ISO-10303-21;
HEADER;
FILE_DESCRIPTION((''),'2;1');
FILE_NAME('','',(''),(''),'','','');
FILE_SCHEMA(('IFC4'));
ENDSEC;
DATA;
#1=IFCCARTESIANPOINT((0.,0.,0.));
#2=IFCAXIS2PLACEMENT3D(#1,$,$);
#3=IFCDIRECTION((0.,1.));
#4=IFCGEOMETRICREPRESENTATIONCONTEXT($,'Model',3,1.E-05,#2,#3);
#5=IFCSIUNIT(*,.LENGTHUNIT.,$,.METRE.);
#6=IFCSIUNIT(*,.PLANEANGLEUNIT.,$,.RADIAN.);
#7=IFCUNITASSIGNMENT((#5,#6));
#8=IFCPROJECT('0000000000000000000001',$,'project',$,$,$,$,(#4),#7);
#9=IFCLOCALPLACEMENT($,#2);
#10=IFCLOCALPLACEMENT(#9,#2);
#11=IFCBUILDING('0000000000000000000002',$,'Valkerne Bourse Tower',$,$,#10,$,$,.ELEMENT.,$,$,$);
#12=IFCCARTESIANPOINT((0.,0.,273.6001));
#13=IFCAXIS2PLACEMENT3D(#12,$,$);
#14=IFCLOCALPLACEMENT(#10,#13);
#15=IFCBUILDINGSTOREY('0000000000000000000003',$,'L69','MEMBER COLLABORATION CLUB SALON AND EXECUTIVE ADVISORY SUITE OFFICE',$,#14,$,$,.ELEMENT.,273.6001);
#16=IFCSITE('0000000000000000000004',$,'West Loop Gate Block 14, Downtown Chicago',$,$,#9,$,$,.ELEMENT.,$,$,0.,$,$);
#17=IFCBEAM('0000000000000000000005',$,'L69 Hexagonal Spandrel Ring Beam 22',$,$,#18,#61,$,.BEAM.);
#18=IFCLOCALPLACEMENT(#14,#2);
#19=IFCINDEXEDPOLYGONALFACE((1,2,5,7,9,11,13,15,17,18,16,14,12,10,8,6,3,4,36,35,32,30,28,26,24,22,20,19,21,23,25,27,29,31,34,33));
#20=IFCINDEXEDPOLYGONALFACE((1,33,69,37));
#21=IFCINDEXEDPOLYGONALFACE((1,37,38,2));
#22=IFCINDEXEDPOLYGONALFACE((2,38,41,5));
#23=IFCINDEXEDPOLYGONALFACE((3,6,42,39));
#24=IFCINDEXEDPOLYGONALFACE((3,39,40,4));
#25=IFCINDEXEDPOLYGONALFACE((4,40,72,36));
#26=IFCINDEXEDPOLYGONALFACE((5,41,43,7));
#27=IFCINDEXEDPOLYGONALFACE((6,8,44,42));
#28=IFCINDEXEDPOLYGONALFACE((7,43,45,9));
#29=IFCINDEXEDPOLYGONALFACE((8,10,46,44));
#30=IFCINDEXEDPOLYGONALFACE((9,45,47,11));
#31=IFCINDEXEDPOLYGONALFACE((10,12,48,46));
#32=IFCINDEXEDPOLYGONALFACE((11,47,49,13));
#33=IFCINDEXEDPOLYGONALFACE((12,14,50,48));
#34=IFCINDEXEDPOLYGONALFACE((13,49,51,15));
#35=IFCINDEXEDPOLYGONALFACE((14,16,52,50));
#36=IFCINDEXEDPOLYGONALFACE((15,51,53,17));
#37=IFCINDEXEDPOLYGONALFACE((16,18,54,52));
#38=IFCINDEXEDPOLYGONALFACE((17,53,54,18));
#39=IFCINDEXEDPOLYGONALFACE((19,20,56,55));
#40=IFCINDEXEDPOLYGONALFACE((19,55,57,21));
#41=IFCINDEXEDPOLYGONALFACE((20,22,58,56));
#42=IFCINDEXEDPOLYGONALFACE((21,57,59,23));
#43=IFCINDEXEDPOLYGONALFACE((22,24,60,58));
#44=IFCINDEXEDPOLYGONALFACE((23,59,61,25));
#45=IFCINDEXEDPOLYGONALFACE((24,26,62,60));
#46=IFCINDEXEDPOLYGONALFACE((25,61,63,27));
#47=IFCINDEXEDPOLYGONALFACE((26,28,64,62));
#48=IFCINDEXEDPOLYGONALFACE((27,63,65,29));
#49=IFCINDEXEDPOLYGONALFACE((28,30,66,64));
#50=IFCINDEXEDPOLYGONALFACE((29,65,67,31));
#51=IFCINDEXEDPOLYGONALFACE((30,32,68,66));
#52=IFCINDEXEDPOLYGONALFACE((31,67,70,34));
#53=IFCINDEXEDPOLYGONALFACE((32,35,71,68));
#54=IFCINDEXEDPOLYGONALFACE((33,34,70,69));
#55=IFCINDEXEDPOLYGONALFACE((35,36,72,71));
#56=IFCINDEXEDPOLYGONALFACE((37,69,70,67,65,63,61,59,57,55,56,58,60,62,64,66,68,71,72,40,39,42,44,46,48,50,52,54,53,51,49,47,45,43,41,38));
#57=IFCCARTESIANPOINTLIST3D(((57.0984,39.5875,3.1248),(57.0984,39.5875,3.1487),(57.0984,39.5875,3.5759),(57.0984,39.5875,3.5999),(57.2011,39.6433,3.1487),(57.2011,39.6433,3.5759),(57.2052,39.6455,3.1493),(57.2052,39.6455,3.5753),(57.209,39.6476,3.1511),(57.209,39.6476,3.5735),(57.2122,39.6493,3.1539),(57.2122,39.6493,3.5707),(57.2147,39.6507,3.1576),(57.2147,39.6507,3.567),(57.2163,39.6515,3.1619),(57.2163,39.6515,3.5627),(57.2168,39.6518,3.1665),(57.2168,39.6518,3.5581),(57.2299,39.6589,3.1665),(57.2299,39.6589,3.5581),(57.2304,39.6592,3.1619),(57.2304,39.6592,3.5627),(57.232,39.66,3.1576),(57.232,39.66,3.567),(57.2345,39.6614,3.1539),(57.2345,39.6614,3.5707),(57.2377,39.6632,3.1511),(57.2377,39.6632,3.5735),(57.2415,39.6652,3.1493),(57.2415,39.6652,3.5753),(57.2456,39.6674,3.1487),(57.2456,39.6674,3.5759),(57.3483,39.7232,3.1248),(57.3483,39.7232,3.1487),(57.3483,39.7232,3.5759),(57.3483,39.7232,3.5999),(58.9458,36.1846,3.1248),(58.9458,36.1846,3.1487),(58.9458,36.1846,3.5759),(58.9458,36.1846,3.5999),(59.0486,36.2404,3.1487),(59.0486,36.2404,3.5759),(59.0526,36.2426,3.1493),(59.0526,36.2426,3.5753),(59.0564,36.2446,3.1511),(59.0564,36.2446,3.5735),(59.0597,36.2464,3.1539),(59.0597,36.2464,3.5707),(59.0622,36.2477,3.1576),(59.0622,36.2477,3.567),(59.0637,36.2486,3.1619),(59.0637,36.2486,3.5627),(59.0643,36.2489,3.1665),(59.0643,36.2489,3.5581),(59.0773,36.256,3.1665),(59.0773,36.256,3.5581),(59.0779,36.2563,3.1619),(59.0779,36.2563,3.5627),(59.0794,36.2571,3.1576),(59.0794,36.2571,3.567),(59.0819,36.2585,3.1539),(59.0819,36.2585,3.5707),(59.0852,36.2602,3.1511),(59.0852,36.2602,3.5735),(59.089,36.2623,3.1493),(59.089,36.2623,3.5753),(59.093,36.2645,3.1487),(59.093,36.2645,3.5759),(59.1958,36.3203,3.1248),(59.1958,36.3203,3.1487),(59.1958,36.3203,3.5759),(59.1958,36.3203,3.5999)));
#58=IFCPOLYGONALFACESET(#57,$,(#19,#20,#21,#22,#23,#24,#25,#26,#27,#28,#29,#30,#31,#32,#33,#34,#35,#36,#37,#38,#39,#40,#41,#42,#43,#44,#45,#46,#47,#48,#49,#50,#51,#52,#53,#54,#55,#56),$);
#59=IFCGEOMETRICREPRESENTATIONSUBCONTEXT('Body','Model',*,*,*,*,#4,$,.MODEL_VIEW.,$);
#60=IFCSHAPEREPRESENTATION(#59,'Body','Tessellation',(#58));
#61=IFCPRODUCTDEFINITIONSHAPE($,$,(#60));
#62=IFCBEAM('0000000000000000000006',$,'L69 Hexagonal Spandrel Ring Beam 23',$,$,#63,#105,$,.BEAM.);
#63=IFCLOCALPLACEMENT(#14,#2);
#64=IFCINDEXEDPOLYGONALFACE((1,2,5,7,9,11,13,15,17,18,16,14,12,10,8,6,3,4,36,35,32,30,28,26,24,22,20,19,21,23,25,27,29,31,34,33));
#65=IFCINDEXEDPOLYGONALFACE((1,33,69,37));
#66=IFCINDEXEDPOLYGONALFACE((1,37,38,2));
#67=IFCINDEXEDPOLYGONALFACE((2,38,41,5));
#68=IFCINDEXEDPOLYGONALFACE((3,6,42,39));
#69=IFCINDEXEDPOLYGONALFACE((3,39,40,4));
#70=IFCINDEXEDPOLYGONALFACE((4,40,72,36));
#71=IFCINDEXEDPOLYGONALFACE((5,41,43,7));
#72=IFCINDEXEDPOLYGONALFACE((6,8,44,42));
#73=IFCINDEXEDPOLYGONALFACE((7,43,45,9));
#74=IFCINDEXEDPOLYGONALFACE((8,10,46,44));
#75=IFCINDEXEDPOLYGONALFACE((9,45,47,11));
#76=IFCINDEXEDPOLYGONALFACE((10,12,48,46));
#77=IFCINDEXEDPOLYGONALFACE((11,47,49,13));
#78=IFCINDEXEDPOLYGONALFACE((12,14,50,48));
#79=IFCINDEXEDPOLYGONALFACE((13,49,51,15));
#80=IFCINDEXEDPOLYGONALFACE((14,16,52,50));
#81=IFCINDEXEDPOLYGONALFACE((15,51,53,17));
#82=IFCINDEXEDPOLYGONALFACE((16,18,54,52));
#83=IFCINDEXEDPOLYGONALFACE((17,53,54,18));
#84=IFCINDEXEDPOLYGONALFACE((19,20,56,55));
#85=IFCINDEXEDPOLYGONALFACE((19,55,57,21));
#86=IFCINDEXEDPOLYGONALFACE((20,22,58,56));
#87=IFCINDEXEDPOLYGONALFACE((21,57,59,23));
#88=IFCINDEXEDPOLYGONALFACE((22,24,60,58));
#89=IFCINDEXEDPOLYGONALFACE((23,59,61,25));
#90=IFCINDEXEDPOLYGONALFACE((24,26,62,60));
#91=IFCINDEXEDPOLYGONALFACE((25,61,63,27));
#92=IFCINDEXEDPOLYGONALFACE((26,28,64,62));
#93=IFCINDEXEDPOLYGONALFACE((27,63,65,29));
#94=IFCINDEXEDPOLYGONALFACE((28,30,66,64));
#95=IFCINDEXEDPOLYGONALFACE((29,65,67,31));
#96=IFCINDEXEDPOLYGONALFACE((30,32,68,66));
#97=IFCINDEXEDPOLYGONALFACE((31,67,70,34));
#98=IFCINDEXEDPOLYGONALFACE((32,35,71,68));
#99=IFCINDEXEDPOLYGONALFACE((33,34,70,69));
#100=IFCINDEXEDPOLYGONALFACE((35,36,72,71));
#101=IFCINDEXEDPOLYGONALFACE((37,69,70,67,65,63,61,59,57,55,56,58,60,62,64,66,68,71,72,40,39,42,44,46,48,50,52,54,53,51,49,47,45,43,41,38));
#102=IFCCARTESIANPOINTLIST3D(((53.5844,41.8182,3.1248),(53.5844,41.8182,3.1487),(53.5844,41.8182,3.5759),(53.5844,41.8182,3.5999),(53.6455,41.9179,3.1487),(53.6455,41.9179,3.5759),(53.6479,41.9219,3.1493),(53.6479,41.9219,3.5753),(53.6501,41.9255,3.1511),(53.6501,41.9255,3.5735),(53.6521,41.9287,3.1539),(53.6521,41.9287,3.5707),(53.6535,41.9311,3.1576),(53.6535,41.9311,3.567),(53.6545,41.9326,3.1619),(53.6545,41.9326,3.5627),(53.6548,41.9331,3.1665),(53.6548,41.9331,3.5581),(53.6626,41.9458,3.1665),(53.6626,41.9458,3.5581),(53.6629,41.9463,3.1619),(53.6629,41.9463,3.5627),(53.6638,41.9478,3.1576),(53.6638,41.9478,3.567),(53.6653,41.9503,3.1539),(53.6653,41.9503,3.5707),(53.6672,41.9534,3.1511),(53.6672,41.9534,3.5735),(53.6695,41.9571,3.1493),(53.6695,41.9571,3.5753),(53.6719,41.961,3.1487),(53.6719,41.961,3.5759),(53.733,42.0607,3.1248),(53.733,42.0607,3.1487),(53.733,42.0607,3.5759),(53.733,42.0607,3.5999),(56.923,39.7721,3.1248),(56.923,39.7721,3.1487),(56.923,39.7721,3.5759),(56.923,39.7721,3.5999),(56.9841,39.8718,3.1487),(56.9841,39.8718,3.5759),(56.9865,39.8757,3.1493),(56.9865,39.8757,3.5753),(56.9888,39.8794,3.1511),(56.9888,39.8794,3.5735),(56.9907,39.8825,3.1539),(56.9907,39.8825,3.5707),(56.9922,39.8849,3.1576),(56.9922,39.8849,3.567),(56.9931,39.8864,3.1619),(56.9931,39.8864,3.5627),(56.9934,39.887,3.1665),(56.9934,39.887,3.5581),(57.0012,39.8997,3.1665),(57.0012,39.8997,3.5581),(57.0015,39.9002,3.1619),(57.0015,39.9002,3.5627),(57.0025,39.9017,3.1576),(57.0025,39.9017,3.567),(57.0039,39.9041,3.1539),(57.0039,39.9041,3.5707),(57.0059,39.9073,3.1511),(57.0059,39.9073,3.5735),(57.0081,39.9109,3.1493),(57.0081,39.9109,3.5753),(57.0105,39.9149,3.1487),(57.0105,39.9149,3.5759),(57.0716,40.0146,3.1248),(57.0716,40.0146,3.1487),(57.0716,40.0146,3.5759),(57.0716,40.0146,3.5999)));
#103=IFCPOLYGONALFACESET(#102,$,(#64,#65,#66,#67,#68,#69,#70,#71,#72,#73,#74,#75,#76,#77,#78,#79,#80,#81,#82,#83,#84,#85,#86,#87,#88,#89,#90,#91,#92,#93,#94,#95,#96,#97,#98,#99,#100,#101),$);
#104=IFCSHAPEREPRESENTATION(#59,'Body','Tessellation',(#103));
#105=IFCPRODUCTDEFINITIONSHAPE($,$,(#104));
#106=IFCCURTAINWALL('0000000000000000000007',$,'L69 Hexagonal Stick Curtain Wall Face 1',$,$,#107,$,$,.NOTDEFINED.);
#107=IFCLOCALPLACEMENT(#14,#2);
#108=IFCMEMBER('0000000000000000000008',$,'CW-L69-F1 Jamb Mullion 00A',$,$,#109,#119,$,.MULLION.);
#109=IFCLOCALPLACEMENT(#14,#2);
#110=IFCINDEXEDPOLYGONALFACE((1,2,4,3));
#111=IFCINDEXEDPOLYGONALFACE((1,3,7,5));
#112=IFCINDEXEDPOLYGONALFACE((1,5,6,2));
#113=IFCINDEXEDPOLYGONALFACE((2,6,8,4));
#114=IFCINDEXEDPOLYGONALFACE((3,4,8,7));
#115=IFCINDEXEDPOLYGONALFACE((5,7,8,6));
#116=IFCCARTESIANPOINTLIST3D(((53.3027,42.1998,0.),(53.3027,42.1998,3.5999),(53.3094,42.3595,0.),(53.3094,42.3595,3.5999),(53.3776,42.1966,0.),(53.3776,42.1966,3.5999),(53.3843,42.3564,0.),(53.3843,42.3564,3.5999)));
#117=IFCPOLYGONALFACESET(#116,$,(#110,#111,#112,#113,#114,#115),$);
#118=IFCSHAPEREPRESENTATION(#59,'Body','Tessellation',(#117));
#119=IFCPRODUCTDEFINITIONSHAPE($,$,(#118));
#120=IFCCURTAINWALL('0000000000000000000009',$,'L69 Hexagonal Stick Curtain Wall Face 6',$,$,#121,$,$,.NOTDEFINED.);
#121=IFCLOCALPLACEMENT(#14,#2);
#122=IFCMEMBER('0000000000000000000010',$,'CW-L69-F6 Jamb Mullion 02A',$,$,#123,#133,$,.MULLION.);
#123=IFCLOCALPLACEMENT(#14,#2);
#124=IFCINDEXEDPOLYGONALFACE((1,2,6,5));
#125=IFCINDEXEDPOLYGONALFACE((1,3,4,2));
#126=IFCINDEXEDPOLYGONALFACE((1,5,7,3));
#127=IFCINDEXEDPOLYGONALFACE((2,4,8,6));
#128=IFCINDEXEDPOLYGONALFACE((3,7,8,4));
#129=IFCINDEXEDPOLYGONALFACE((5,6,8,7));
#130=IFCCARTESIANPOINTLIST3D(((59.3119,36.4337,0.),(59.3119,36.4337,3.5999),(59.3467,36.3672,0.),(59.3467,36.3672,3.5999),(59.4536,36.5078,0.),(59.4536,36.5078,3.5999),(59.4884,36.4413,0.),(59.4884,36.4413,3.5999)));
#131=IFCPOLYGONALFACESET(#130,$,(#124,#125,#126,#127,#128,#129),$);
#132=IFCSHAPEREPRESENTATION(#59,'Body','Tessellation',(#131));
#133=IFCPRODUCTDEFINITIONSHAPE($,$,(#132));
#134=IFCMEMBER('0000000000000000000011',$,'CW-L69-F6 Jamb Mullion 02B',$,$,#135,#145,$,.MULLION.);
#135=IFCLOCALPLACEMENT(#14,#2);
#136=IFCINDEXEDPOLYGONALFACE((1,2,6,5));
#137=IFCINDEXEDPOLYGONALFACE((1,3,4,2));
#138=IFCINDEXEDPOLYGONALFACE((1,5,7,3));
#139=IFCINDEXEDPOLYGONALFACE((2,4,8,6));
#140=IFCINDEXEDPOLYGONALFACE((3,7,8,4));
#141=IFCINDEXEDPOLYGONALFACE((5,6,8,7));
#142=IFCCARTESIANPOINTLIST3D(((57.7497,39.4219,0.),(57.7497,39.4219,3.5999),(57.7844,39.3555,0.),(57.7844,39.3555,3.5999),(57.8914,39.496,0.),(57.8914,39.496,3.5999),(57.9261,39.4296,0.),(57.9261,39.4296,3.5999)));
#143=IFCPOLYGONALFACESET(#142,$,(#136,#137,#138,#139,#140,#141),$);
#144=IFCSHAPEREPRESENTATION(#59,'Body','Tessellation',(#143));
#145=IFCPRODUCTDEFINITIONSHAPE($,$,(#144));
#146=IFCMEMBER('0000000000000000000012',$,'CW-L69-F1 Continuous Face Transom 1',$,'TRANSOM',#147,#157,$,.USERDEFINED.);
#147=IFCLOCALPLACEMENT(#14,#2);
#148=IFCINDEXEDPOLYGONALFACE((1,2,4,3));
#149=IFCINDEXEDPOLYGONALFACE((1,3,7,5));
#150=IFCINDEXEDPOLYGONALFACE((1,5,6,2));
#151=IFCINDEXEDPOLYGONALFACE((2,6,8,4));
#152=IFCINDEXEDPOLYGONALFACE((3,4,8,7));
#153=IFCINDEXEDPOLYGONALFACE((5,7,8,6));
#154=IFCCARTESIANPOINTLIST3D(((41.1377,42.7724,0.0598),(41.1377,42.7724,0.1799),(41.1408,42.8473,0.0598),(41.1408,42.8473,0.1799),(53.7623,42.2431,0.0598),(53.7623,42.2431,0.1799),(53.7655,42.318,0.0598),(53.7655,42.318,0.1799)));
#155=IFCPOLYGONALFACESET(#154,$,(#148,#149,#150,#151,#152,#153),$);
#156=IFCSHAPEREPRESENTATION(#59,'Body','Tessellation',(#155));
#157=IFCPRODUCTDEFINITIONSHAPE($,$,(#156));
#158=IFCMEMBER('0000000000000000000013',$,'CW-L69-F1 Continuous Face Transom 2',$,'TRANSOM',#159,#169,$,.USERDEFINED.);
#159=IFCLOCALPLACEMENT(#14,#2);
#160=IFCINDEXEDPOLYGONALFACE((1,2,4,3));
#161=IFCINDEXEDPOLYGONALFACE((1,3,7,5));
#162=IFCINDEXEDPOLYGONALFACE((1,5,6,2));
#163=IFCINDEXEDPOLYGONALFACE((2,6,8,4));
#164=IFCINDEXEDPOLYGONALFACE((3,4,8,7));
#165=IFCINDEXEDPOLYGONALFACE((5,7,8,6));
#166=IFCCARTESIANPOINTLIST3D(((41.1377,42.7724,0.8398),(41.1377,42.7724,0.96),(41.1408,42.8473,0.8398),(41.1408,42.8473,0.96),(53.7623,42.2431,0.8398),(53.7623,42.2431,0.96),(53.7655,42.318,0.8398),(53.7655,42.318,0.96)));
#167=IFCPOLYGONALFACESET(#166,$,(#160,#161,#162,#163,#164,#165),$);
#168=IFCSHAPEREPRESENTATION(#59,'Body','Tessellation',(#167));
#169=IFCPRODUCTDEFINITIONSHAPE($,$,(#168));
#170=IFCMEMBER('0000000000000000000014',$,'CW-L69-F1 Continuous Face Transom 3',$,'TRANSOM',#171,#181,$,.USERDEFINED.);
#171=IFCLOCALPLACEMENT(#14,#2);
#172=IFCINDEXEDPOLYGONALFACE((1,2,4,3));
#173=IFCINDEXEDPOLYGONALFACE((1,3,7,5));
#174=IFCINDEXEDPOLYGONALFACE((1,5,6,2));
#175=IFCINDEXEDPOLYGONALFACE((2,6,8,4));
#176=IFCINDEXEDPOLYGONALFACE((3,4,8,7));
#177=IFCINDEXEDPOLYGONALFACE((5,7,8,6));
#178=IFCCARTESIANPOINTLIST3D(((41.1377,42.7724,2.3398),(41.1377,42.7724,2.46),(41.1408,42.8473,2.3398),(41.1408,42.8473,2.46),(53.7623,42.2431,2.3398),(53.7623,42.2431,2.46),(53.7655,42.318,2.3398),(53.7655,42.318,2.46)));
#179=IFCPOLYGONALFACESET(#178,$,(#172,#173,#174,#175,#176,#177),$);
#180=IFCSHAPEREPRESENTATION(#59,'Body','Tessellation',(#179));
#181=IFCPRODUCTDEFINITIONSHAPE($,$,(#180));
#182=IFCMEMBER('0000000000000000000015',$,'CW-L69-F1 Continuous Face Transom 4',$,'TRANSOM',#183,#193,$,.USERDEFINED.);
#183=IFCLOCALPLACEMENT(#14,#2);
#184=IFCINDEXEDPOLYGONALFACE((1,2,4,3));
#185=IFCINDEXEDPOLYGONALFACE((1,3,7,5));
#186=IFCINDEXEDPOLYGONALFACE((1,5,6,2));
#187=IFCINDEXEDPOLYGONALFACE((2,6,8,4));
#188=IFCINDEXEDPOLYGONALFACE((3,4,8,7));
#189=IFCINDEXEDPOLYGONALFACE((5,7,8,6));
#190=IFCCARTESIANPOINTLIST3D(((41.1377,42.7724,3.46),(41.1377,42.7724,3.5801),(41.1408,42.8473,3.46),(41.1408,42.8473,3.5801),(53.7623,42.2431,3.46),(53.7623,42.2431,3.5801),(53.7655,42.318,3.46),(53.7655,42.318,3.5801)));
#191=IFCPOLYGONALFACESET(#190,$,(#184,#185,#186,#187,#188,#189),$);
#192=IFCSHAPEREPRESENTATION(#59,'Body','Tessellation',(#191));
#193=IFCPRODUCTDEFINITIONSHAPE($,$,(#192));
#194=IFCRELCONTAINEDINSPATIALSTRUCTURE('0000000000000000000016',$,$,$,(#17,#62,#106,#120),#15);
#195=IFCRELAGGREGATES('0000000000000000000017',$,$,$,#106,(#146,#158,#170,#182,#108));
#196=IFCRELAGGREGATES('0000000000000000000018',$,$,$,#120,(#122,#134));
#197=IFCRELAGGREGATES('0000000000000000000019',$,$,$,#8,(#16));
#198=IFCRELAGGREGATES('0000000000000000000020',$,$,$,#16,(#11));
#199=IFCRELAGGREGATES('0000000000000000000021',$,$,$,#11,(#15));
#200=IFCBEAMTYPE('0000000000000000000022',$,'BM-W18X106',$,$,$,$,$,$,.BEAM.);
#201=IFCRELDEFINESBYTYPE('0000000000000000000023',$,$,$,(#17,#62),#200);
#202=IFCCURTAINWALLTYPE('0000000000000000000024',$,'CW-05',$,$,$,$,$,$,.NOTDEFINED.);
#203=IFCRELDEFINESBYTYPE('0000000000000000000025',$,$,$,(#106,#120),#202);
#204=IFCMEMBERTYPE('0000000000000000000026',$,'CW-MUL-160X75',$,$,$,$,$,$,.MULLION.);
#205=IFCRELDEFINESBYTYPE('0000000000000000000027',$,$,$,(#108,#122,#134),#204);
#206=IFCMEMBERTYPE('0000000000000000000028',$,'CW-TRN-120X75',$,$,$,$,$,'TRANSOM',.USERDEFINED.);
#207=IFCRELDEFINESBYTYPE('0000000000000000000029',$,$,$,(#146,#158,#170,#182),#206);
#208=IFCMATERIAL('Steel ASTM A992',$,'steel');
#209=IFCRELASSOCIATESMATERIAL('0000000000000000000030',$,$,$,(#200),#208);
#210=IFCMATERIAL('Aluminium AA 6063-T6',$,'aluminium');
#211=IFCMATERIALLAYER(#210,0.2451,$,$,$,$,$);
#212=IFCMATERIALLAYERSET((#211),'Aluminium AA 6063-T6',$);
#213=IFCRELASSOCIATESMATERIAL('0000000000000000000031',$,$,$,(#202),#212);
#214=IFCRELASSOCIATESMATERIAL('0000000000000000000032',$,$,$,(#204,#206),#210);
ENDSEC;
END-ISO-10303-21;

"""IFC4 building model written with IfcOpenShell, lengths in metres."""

from ifc_helpers import new_model, si_unit, direction, frame, origin, origin_2d, place, context, subcontext, project, spatial, rectangle, i_section, extrude, material, layer, layer_set, material_profile, profile_set, type_object, element, aggregate, save


model = new_model("IFC4")

# Units and contexts
model_context = context("Model", 3, precision=1e-05, world=origin(), true_north=direction((0.0, 1.0)))
body_context = subcontext(model_context, "Body", "Model", "MODEL_VIEW")
ifc_project = project(units=[si_unit("LENGTHUNIT", "METRE"), si_unit("PLANEANGLEUNIT", "RADIAN")], contexts=[model_context])

# Site, building, storey
site_placement = place(None, origin())
site = spatial("IfcSite", under=ifc_project, at=site_placement, Name="West Loop Gate Block 14, Downtown Chicago", CompositionType="ELEMENT", RefElevation=0.0)
building_placement = place(site_placement, origin())
building = spatial("IfcBuilding", under=site, at=building_placement, Name="Valkerne Bourse Tower", CompositionType="ELEMENT")
storey_placement = place(building_placement, frame((0.0, 0.0, 273.6001)))
storey = spatial("IfcBuildingStorey", under=building, at=storey_placement, Name="L69", Description="MEMBER COLLABORATION CLUB SALON AND EXECUTIVE ADVISORY SUITE OFFICE", CompositionType="ELEMENT", Elevation=273.6001)

# Beams
ifc_material_1 = material(Name="Steel ASTM A992", Category="steel")
ifc_material_profile_1 = material_profile(ifc_material_1, i_section(OverallWidth=0.2844, OverallDepth=0.4751, WebThickness=0.0149, FlangeThickness=0.0239, FilletRadius=0.0178, at=origin_2d()), Name="W18X106")
ifc_profile_set_1 = profile_set([ifc_material_profile_1], Name="Steel ASTM A992")
beam_type = type_object("IfcBeamType", Name="BM-W18X106", PredefinedType="BEAM", material=ifc_profile_set_1)
for number, where, z_axis, x_axis, name in (
    (1, (59.0708, 36.2524, 3.3623), (-0.477124, 0.878836, 0.0), (-0.878836, -0.477124, 0.0), "L69 Hexagonal Spandrel Ring Beam 22"),
):
    element("IfcBeam", number, at=place(storey_placement, frame(where, z_axis=z_axis, x_axis=x_axis)), inside=storey, type_object=beam_type, Name=name, PredefinedType="BEAM", context=body_context, shape_type="SweptSolid", body=[
        extrude(i_section(OverallWidth=0.2844, OverallDepth=0.4751, WebThickness=0.0149, FlangeThickness=0.0239, FilletRadius=0.0178, at=origin_2d()), origin(), (0.0, 0.0, 1.0), 3.8721),
    ])
beam_placement = place(storey_placement, frame((56.9973, 39.8933, 3.3623), z_axis=(-0.852614, 0.522542, 0.0), x_axis=(-0.522542, -0.852614, 0.0)))
element("IfcBeam", 2, at=beam_placement, inside=storey, type_object=beam_type, Name="L69 Hexagonal Spandrel Ring Beam 23", PredefinedType="BEAM", context=body_context, shape_type="SweptSolid", body=[
    extrude(i_section(OverallWidth=0.2844, OverallDepth=0.4751, WebThickness=0.0149, FlangeThickness=0.0239, FilletRadius=0.0178, at=origin_2d()), origin(), (0.0, 0.0, 1.0), 3.9158),
])

# Curtain wall, member
ifc_material_2 = material(Name="Aluminium AA 6063-T6", Category="aluminium")
ifc_layer_1 = layer(ifc_material_2, 0.2451)
ifc_layer_set_1 = layer_set([ifc_layer_1], Name="Aluminium AA 6063-T6")
curtain_wall_type = type_object("IfcCurtainWallType", Name="CW-05", PredefinedType="NOTDEFINED", material=ifc_layer_set_1)
curtain_wall_1_placement = place(storey_placement, origin())
curtain_wall_1 = element("IfcCurtainWall", 3, at=curtain_wall_1_placement, inside=storey, type_object=curtain_wall_type, Name="L69 Hexagonal Stick Curtain Wall Face 1", PredefinedType="NOTDEFINED")
ifc_material_profile_2 = material_profile(ifc_material_2, rectangle(XDim=0.075, YDim=0.1599, at=origin_2d()), Name="CWM-75X160")
ifc_profile_set_2 = profile_set([ifc_material_profile_2], Name="Aluminium AA 6063-T6")
member_type_1 = type_object("IfcMemberType", Name="CW-MUL-160X75", PredefinedType="MULLION", material=ifc_profile_set_2)
member_1_placement = place(storey_placement, frame((53.3435, 42.2781, 0.0), z_axis=(0.0, 0.0, 1.0), x_axis=(-0.999123, 0.04188, 0.0)))
member_1 = element("IfcMember", 4, at=member_1_placement, type_object=member_type_1, Name="CW-L69-F1 Jamb Mullion 00A", PredefinedType="MULLION", context=body_context, shape_type="SweptSolid", body=[
    extrude(rectangle(XDim=0.075, YDim=0.1599, at=origin_2d()), origin(), (0.0, 0.0, 1.0), 3.5999),
])

# Curtain wall, members
curtain_wall_2_placement = place(storey_placement, origin())
curtain_wall_2 = element("IfcCurtainWall", 5, at=curtain_wall_2_placement, inside=storey, type_object=curtain_wall_type, Name="L69 Hexagonal Stick Curtain Wall Face 6", PredefinedType="NOTDEFINED")
member_2_placement = place(storey_placement, frame((59.4001, 36.4375, 0.0), z_axis=(0.0, 0.0, 1.0), x_axis=(-0.463294, 0.886204, 0.0)))
member_2 = element("IfcMember", 6, at=member_2_placement, type_object=member_type_1, Name="CW-L69-F6 Jamb Mullion 02A", PredefinedType="MULLION", context=body_context, shape_type="SweptSolid", body=[
    extrude(rectangle(XDim=0.075, YDim=0.1599, at=origin_2d()), origin(), (0.0, 0.0, 1.0), 3.5999),
])
member_3_placement = place(storey_placement, frame((57.8379, 39.4258, 0.0), z_axis=(0.0, 0.0, 1.0), x_axis=(-0.463294, 0.886204, 0.0)))
member_3 = element("IfcMember", 7, at=member_3_placement, type_object=member_type_1, Name="CW-L69-F6 Jamb Mullion 02B", PredefinedType="MULLION", context=body_context, shape_type="SweptSolid", body=[
    extrude(rectangle(XDim=0.075, YDim=0.1599, at=origin_2d()), origin(), (0.0, 0.0, 1.0), 3.5999),
])

# Members
ifc_material_profile_3 = material_profile(ifc_material_2, rectangle(XDim=0.075, YDim=0.1201, at=origin_2d()), Name="CWT-75X120")
ifc_profile_set_3 = profile_set([ifc_material_profile_3], Name="Aluminium AA 6063-T6")
member_type_2 = type_object("IfcMemberType", Name="CW-TRN-120X75", ElementType="TRANSOM", PredefinedType="USERDEFINED", material=ifc_profile_set_3)
member_4_placement = place(storey_placement, frame((53.7639, 42.2805, 0.1199), z_axis=(-0.999122, 0.041889, 0.0), x_axis=(-0.041889, -0.999122, 0.0)))
member_4 = element("IfcMember", 8, at=member_4_placement, type_object=member_type_2, Name="CW-L69-F1 Continuous Face Transom 1", ObjectType="TRANSOM", PredefinedType="USERDEFINED", context=body_context, shape_type="SweptSolid", body=[
    extrude(rectangle(XDim=0.075, YDim=0.1201, at=origin_2d()), origin(), (0.0, 0.0, 1.0), 12.6357),
])
member_5_placement = place(storey_placement, frame((53.7639, 42.2805, 0.8999), z_axis=(-0.999122, 0.041889, 0.0), x_axis=(-0.041889, -0.999122, 0.0)))
member_5 = element("IfcMember", 9, at=member_5_placement, type_object=member_type_2, Name="CW-L69-F1 Continuous Face Transom 2", ObjectType="TRANSOM", PredefinedType="USERDEFINED", context=body_context, shape_type="SweptSolid", body=[
    extrude(rectangle(XDim=0.075, YDim=0.1201, at=origin_2d()), origin(), (0.0, 0.0, 1.0), 12.6357),
])
member_6_placement = place(storey_placement, frame((53.7639, 42.2805, 2.3999), z_axis=(-0.999122, 0.041889, 0.0), x_axis=(-0.041889, -0.999122, 0.0)))
member_6 = element("IfcMember", 10, at=member_6_placement, type_object=member_type_2, Name="CW-L69-F1 Continuous Face Transom 3", ObjectType="TRANSOM", PredefinedType="USERDEFINED", context=body_context, shape_type="SweptSolid", body=[
    extrude(rectangle(XDim=0.075, YDim=0.1201, at=origin_2d()), origin(), (0.0, 0.0, 1.0), 12.6357),
])
member_7_placement = place(storey_placement, frame((53.7639, 42.2805, 3.52), z_axis=(-0.999122, 0.041889, 0.0), x_axis=(-0.041889, -0.999122, 0.0)))
member_7 = element("IfcMember", 11, at=member_7_placement, type_object=member_type_2, Name="CW-L69-F1 Continuous Face Transom 4", ObjectType="TRANSOM", PredefinedType="USERDEFINED", context=body_context, shape_type="SweptSolid", body=[
    extrude(rectangle(XDim=0.075, YDim=0.1201, at=origin_2d()), origin(), (0.0, 0.0, 1.0), 12.6357),
])

aggregate(curtain_wall_1, [member_4, member_5, member_6, member_7, member_1])
aggregate(curtain_wall_2, [member_2, member_3])

save(model, "model.ifc")
